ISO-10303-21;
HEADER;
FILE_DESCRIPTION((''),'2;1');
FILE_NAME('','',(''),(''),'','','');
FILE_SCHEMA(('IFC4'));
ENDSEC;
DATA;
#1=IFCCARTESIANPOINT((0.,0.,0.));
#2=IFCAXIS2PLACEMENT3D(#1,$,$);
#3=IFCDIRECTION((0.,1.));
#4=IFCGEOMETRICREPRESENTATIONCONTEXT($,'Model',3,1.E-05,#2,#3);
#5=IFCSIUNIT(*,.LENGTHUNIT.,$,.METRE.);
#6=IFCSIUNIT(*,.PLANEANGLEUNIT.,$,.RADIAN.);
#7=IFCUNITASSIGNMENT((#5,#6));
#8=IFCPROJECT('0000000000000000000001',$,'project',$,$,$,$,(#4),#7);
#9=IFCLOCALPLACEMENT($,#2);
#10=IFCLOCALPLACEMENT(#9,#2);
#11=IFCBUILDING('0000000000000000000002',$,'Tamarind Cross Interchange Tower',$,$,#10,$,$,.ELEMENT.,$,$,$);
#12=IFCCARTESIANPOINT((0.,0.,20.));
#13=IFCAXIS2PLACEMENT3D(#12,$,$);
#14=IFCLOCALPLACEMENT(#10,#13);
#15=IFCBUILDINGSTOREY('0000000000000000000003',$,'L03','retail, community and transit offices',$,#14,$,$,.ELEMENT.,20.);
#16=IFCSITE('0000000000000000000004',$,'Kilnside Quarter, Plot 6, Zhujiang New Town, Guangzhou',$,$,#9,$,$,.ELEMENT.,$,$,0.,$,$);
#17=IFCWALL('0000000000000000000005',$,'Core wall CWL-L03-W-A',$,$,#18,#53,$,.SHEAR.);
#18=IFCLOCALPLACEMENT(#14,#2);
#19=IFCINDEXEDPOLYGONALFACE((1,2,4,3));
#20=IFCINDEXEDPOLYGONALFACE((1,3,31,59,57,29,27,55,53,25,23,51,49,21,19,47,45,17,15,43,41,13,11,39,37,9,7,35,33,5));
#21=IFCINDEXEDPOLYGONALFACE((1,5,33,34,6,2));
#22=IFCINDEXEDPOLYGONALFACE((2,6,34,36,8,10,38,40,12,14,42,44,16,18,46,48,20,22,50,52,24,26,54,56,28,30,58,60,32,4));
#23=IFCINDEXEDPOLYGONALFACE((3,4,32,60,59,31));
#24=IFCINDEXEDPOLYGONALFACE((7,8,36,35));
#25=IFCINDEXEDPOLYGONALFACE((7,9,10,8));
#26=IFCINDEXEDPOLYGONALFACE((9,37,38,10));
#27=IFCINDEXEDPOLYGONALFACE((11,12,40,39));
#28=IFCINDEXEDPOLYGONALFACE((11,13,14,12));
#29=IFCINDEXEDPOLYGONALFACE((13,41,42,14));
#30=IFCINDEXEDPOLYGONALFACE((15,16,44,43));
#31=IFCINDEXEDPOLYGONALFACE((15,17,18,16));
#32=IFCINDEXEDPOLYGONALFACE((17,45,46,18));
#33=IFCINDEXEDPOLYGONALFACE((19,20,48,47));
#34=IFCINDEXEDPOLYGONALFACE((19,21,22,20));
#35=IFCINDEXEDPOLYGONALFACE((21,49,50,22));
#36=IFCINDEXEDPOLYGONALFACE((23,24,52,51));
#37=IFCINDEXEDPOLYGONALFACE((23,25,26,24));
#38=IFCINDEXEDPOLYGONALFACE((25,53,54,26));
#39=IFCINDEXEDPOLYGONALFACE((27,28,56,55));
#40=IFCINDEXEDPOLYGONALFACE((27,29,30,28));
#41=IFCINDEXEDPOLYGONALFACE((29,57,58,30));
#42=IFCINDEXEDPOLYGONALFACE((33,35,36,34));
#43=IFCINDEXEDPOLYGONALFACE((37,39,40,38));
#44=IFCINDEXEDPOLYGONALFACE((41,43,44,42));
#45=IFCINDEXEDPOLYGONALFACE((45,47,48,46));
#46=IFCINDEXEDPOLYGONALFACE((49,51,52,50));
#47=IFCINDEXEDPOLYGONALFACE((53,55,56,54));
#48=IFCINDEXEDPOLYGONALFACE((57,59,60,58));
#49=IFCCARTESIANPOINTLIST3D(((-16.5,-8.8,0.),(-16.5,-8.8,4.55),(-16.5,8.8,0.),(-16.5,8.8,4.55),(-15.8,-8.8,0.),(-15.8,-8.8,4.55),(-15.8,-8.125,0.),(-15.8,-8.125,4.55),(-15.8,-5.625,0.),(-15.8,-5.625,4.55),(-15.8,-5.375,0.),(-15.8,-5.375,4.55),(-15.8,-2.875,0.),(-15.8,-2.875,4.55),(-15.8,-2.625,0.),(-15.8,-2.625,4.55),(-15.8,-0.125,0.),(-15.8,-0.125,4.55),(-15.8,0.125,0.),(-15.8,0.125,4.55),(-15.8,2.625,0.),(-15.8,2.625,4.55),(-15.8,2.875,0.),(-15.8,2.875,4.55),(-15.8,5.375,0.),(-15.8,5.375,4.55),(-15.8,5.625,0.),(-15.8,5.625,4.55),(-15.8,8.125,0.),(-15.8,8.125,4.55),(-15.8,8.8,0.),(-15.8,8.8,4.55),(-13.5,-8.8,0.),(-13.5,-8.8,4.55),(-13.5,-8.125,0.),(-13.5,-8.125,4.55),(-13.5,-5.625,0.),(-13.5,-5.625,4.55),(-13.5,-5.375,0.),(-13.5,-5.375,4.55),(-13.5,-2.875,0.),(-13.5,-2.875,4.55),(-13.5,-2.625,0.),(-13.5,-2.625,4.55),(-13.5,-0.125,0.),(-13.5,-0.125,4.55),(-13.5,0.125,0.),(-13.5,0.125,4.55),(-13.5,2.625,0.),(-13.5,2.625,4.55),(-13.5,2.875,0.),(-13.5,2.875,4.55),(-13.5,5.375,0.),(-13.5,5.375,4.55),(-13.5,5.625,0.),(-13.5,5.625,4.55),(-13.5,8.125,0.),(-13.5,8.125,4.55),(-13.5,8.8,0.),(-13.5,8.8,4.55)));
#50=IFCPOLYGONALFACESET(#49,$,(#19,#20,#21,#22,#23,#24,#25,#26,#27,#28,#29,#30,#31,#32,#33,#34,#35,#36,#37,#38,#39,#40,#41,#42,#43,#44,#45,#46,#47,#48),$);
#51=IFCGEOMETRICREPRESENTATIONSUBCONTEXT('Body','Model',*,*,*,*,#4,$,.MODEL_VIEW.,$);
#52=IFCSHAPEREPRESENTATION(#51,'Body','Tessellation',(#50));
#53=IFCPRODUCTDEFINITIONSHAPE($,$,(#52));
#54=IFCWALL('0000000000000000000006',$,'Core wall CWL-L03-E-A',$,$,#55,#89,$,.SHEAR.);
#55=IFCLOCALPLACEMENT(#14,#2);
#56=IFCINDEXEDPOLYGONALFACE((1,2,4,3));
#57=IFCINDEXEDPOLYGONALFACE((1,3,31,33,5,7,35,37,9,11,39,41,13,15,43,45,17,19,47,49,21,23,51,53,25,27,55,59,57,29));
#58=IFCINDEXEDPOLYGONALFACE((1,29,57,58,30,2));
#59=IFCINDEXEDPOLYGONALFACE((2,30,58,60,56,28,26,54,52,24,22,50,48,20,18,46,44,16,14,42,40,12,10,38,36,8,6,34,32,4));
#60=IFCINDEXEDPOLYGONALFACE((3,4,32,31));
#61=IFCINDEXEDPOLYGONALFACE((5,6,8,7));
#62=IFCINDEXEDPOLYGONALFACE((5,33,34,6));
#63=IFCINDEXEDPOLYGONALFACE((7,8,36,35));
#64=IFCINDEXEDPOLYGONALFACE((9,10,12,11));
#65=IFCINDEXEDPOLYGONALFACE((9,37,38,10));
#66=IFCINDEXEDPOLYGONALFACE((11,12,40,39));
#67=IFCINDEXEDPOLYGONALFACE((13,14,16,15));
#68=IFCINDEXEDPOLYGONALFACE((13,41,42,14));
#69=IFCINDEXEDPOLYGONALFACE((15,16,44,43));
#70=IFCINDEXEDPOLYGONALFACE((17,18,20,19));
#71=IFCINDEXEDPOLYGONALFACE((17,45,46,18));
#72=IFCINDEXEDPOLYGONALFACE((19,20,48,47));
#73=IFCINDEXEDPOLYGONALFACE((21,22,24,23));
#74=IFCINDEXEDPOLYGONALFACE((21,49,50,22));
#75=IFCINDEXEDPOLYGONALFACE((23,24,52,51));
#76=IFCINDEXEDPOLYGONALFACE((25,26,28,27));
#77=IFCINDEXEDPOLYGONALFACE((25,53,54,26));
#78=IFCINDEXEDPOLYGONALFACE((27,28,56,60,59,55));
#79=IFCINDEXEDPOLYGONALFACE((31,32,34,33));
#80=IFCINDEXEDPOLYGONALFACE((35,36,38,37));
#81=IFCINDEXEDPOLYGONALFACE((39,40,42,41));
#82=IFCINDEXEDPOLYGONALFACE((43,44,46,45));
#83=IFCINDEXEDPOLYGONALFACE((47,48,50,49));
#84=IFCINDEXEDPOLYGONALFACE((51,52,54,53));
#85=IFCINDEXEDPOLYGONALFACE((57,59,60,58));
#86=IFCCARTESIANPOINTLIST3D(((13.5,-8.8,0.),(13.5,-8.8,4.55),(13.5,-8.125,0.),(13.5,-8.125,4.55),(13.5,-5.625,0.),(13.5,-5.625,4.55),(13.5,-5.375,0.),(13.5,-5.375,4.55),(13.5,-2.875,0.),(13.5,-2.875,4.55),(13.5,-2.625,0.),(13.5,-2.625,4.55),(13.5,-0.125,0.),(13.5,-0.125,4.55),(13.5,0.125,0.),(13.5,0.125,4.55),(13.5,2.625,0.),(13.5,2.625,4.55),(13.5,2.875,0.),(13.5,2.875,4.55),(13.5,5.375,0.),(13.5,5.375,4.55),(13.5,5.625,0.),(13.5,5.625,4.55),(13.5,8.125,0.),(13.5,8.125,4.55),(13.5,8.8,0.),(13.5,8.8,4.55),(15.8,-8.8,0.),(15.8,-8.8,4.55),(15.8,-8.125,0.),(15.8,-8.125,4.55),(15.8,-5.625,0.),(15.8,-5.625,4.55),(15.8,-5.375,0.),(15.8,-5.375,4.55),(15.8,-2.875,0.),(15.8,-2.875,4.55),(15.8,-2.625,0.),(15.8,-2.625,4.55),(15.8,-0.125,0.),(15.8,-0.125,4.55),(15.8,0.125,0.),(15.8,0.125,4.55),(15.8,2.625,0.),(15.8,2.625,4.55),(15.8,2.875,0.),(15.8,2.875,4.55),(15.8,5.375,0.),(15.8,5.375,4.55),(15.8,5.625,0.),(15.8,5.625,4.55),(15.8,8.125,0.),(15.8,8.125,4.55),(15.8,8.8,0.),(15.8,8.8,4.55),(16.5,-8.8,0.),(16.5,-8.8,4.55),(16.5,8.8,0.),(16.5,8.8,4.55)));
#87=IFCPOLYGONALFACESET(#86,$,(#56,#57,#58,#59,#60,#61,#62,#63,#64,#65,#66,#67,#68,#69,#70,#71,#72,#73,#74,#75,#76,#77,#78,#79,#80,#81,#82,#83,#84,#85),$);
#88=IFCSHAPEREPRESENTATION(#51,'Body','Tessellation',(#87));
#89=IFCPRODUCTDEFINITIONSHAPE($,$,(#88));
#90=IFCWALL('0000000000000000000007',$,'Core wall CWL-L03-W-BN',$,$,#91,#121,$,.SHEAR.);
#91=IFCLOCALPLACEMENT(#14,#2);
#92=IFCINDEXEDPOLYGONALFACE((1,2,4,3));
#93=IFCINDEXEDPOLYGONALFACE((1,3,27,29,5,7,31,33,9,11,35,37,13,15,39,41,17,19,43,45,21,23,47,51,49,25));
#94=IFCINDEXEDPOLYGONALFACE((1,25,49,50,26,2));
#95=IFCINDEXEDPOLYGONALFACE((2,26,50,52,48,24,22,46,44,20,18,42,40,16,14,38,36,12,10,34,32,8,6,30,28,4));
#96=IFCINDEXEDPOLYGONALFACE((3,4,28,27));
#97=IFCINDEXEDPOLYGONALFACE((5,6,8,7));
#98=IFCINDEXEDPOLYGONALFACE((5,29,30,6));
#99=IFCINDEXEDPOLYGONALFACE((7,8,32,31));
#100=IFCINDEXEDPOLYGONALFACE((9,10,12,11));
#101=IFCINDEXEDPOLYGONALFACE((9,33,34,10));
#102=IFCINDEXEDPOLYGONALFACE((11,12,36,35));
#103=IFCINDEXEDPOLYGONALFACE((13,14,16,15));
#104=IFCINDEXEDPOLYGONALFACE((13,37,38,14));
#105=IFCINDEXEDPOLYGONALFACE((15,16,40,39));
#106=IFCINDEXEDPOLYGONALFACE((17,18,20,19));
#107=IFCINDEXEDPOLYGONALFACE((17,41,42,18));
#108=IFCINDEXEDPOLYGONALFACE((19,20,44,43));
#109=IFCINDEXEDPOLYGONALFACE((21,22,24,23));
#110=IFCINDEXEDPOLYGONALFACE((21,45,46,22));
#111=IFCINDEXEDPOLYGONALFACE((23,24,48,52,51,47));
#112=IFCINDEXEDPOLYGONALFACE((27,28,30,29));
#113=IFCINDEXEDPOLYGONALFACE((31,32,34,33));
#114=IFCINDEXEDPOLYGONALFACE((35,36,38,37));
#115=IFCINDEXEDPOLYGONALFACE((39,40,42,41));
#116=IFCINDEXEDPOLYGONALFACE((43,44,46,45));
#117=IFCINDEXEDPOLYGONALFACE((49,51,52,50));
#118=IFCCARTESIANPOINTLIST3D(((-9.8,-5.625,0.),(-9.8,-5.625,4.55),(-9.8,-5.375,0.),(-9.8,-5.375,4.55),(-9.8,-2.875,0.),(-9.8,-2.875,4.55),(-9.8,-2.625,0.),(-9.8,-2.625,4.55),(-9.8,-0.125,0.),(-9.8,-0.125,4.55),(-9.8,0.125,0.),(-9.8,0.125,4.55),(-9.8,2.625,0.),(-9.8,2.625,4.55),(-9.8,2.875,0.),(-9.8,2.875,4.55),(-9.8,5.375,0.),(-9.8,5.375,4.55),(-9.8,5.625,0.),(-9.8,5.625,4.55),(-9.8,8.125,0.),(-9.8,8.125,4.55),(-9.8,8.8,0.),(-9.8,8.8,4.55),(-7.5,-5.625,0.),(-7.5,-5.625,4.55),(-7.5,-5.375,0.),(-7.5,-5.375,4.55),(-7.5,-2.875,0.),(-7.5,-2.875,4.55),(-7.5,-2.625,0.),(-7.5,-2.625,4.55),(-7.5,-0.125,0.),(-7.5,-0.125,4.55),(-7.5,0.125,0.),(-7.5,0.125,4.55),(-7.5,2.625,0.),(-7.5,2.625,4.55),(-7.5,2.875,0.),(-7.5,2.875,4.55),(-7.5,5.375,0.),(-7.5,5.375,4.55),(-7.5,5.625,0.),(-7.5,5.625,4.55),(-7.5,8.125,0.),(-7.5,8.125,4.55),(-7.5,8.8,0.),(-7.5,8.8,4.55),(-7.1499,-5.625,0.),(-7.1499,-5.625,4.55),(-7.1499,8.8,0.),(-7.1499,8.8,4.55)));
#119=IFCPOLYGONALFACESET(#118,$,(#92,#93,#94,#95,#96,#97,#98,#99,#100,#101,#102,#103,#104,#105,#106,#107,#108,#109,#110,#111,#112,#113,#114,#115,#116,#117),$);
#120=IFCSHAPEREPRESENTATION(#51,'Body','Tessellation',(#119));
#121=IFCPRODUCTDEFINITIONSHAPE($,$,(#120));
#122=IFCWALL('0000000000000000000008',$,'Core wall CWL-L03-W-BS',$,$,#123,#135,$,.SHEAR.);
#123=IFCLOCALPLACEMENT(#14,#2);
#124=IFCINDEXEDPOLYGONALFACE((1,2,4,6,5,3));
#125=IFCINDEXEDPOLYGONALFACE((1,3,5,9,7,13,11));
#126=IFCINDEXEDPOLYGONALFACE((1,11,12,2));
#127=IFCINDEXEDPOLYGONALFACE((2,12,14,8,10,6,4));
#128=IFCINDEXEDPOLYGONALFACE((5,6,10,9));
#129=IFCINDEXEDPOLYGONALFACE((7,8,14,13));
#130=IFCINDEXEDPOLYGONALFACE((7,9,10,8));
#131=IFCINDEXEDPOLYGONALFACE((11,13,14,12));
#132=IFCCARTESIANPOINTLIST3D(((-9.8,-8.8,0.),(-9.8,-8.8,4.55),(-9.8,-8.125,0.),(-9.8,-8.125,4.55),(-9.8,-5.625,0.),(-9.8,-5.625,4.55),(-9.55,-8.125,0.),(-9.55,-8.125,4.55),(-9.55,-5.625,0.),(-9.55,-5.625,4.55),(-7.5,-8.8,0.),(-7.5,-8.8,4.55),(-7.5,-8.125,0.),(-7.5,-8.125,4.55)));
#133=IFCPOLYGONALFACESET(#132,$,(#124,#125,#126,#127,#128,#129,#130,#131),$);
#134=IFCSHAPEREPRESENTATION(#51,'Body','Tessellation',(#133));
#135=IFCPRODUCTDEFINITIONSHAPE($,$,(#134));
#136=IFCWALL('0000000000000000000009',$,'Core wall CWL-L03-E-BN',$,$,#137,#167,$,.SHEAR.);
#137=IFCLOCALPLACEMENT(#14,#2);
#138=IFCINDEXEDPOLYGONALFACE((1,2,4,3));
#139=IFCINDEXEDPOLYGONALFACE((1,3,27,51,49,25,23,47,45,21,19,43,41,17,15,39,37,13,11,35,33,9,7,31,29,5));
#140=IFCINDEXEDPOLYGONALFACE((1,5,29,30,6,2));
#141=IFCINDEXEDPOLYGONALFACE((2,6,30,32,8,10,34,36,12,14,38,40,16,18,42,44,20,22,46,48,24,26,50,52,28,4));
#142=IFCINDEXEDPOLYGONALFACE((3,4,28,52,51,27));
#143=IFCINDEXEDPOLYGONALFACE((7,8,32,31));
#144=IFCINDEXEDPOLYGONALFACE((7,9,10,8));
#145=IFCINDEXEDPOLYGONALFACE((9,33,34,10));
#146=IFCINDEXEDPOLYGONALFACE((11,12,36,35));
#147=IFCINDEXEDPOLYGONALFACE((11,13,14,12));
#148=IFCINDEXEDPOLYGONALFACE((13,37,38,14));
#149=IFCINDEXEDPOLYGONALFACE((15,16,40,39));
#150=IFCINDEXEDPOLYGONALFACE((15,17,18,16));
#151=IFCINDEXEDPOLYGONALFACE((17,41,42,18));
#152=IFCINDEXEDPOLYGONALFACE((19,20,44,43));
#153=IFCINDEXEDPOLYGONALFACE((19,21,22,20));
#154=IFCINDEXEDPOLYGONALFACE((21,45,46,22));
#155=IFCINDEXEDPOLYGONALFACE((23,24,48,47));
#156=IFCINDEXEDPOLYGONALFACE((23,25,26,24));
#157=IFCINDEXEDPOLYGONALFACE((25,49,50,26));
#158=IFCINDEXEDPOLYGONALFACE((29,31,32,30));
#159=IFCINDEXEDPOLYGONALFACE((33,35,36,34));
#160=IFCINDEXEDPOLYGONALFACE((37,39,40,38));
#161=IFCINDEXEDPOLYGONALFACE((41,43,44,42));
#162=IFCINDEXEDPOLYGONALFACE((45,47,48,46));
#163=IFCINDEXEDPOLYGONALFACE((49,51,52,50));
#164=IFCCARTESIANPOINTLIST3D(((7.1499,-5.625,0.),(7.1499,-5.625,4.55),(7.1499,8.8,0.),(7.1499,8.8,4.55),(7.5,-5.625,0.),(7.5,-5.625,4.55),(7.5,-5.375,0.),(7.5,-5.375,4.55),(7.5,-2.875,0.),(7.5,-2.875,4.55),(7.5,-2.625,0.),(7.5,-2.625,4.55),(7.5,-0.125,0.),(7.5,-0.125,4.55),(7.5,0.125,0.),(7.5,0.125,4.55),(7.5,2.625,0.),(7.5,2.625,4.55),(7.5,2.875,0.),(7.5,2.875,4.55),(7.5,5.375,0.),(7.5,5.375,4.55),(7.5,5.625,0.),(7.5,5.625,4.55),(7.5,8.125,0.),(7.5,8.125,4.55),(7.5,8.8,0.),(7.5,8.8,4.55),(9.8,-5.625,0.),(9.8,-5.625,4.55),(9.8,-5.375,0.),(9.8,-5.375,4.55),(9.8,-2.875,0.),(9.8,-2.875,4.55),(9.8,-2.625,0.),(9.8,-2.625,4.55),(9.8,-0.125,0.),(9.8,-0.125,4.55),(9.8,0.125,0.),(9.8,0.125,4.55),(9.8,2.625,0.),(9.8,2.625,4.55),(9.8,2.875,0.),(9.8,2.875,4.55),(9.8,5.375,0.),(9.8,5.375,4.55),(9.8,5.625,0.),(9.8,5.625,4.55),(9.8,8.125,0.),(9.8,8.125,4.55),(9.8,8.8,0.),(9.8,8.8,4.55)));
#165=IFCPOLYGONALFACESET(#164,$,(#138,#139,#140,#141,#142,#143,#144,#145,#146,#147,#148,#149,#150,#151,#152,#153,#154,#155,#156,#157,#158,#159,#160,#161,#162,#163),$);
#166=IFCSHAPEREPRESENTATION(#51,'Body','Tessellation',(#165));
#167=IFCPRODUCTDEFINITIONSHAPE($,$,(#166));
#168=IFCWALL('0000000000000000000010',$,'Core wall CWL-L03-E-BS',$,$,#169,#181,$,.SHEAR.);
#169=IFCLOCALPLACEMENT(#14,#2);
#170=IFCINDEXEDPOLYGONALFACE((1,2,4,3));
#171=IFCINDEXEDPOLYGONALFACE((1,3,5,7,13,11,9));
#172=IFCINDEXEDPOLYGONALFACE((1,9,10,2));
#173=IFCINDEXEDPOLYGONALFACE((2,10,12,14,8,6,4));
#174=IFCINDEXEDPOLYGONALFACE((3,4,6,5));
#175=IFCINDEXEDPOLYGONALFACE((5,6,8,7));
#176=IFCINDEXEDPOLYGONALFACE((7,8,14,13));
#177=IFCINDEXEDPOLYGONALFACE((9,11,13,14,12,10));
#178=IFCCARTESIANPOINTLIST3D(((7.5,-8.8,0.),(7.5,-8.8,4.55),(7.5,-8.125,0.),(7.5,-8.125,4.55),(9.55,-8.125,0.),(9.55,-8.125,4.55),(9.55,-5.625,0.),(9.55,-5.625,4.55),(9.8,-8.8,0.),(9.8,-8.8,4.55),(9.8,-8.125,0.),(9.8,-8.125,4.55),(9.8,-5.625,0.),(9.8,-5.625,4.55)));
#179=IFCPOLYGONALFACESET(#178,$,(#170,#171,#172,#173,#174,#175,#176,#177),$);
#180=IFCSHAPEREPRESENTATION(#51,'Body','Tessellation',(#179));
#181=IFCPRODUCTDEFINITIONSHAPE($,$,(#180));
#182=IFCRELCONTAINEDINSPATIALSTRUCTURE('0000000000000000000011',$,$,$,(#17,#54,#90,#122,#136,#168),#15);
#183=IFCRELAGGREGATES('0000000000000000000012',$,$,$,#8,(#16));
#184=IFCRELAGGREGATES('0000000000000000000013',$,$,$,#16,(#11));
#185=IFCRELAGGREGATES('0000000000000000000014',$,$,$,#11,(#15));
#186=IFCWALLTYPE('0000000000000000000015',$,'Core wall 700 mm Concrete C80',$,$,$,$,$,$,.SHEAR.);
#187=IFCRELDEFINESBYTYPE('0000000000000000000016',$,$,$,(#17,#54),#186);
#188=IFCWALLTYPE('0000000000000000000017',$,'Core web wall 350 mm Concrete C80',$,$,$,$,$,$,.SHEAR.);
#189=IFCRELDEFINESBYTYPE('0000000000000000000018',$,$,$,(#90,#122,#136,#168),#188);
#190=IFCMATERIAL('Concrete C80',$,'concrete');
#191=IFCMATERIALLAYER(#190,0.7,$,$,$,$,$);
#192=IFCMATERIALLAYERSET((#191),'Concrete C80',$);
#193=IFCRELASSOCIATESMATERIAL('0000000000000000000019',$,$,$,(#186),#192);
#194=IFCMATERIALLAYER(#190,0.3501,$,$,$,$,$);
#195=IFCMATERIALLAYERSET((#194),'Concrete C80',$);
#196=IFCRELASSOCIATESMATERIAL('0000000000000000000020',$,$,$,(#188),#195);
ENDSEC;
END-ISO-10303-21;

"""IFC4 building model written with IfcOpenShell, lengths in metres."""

from ifc_helpers import new_model, si_unit, direction, frame, origin, place, context, subcontext, project, spatial, polyline, outline, extrude, material, layer, layer_set, type_object, element, save


model = new_model("IFC4")

# Units and contexts
model_context = context("Model", 3, precision=1e-05, world=origin(), true_north=direction((0.0, 1.0)))
body_context = subcontext(model_context, "Body", "Model", "MODEL_VIEW")
ifc_project = project(units=[si_unit("LENGTHUNIT", "METRE"), si_unit("PLANEANGLEUNIT", "RADIAN")], contexts=[model_context])

# Site, building, storey
site_placement = place(None, origin())
site = spatial("IfcSite", under=ifc_project, at=site_placement, Name="Kilnside Quarter, Plot 6, Zhujiang New Town, Guangzhou", CompositionType="ELEMENT", RefElevation=0.0)
building_placement = place(site_placement, origin())
building = spatial("IfcBuilding", under=site, at=building_placement, Name="Tamarind Cross Interchange Tower", CompositionType="ELEMENT")
storey_placement = place(building_placement, frame((0.0, 0.0, 20.0)))
storey = spatial("IfcBuildingStorey", under=building, at=storey_placement, Name="L03", Description="retail, community and transit offices", CompositionType="ELEMENT", Elevation=20.0)

# Walls
ifc_material_1 = material(Name="Concrete C80", Category="concrete")
ifc_layer_1 = layer(ifc_material_1, 0.7)
ifc_layer_set_1 = layer_set([ifc_layer_1], Name="Concrete C80")
wall_type_1 = type_object("IfcWallType", Name="Core wall 700 mm Concrete C80", PredefinedType="SHEAR", material=ifc_layer_set_1)
wall_1_placement = place(storey_placement, origin())
element("IfcWall", 1, at=wall_1_placement, inside=storey, type_object=wall_type_1, Name="Core wall CWL-L03-W-A", PredefinedType="SHEAR", context=body_context, shape_type="SweptSolid", body=[
    extrude(outline(polyline([(-13.5, -8.8), (-13.5, -8.125), (-15.8, -8.125), (-15.8, -5.625), (-13.5, -5.625), (-13.5, -5.375), (-15.8, -5.375), (-15.8, -2.875), (-13.5, -2.875), (-13.5, -2.625), (-15.8, -2.625), (-15.8, -0.125), (-13.5, -0.125), (-13.5, 0.125), (-15.8, 0.125), (-15.8, 2.625), (-13.5, 2.625), (-13.5, 2.875), (-15.8, 2.875), (-15.8, 5.375), (-13.5, 5.375), (-13.5, 5.625), (-15.8, 5.625), (-15.8, 8.125), (-13.5, 8.125), (-13.5, 8.8), (-15.8, 8.8), (-16.5, 8.8), (-16.5, -8.8), (-15.8, -8.8), (-13.5, -8.8)])), origin(), (0.0, 0.0, 1.0), 4.55),
])
wall_2_placement = place(storey_placement, origin())
element("IfcWall", 2, at=wall_2_placement, inside=storey, type_object=wall_type_1, Name="Core wall CWL-L03-E-A", PredefinedType="SHEAR", context=body_context, shape_type="SweptSolid", body=[
    extrude(outline(polyline([(13.5, -8.8), (15.8, -8.8), (16.5, -8.8), (16.5, 8.8), (15.8, 8.8), (13.5, 8.8), (13.5, 8.125), (15.8, 8.125), (15.8, 5.625), (13.5, 5.625), (13.5, 5.375), (15.8, 5.375), (15.8, 2.875), (13.5, 2.875), (13.5, 2.625), (15.8, 2.625), (15.8, 0.125), (13.5, 0.125), (13.5, -0.125), (15.8, -0.125), (15.8, -2.625), (13.5, -2.625), (13.5, -2.875), (15.8, -2.875), (15.8, -5.375), (13.5, -5.375), (13.5, -5.625), (15.8, -5.625), (15.8, -8.125), (13.5, -8.125), (13.5, -8.8)])), origin(), (0.0, 0.0, 1.0), 4.55),
])
ifc_layer_2 = layer(ifc_material_1, 0.3501)
ifc_layer_set_2 = layer_set([ifc_layer_2], Name="Concrete C80")
wall_type_2 = type_object("IfcWallType", Name="Core web wall 350 mm Concrete C80", PredefinedType="SHEAR", material=ifc_layer_set_2)
wall_3_placement = place(storey_placement, origin())
element("IfcWall", 3, at=wall_3_placement, inside=storey, type_object=wall_type_2, Name="Core wall CWL-L03-W-BN", PredefinedType="SHEAR", context=body_context, shape_type="SweptSolid", body=[
    extrude(outline(polyline([(-9.8, -5.375), (-9.8, -5.625), (-7.5, -5.625), (-7.1499, -5.625), (-7.1499, 8.8), (-7.5, 8.8), (-9.8, 8.8), (-9.8, 8.125), (-7.5, 8.125), (-7.5, 5.625), (-9.8, 5.625), (-9.8, 5.375), (-7.5, 5.375), (-7.5, 2.875), (-9.8, 2.875), (-9.8, 2.625), (-7.5, 2.625), (-7.5, 0.125), (-9.8, 0.125), (-9.8, -0.125), (-7.5, -0.125), (-7.5, -2.625), (-9.8, -2.625), (-9.8, -2.875), (-7.5, -2.875), (-7.5, -5.375), (-9.8, -5.375)])), origin(), (0.0, 0.0, 1.0), 4.55),
])
wall_4_placement = place(storey_placement, origin())
element("IfcWall", 4, at=wall_4_placement, inside=storey, type_object=wall_type_2, Name="Core wall CWL-L03-W-BS", PredefinedType="SHEAR", context=body_context, shape_type="SweptSolid", body=[
    extrude(outline(polyline([(-7.5, -8.125), (-9.55, -8.125), (-9.55, -5.625), (-9.8, -5.625), (-9.8, -8.125), (-9.8, -8.8), (-7.5, -8.8), (-7.5, -8.125)])), origin(), (0.0, 0.0, 1.0), 4.55),
])
wall_5_placement = place(storey_placement, origin())
element("IfcWall", 5, at=wall_5_placement, inside=storey, type_object=wall_type_2, Name="Core wall CWL-L03-E-BN", PredefinedType="SHEAR", context=body_context, shape_type="SweptSolid", body=[
    extrude(outline(polyline([(9.8, -5.375), (7.5, -5.375), (7.5, -2.875), (9.8, -2.875), (9.8, -2.625), (7.5, -2.625), (7.5, -0.125), (9.8, -0.125), (9.8, 0.125), (7.5, 0.125), (7.5, 2.625), (9.8, 2.625), (9.8, 2.875), (7.5, 2.875), (7.5, 5.375), (9.8, 5.375), (9.8, 5.625), (7.5, 5.625), (7.5, 8.125), (9.8, 8.125), (9.8, 8.8), (7.5, 8.8), (7.1499, 8.8), (7.1499, -5.625), (7.5, -5.625), (9.8, -5.625), (9.8, -5.375)])), origin(), (0.0, 0.0, 1.0), 4.55),
])
wall_6_placement = place(storey_placement, origin())
element("IfcWall", 6, at=wall_6_placement, inside=storey, type_object=wall_type_2, Name="Core wall CWL-L03-E-BS", PredefinedType="SHEAR", context=body_context, shape_type="SweptSolid", body=[
    extrude(outline(polyline([(7.5, -8.125), (7.5, -8.8), (9.8, -8.8), (9.8, -8.125), (9.8, -5.625), (9.55, -5.625), (9.55, -8.125), (7.5, -8.125)])), origin(), (0.0, 0.0, 1.0), 4.55),
])

save(model, "model.ifc")
